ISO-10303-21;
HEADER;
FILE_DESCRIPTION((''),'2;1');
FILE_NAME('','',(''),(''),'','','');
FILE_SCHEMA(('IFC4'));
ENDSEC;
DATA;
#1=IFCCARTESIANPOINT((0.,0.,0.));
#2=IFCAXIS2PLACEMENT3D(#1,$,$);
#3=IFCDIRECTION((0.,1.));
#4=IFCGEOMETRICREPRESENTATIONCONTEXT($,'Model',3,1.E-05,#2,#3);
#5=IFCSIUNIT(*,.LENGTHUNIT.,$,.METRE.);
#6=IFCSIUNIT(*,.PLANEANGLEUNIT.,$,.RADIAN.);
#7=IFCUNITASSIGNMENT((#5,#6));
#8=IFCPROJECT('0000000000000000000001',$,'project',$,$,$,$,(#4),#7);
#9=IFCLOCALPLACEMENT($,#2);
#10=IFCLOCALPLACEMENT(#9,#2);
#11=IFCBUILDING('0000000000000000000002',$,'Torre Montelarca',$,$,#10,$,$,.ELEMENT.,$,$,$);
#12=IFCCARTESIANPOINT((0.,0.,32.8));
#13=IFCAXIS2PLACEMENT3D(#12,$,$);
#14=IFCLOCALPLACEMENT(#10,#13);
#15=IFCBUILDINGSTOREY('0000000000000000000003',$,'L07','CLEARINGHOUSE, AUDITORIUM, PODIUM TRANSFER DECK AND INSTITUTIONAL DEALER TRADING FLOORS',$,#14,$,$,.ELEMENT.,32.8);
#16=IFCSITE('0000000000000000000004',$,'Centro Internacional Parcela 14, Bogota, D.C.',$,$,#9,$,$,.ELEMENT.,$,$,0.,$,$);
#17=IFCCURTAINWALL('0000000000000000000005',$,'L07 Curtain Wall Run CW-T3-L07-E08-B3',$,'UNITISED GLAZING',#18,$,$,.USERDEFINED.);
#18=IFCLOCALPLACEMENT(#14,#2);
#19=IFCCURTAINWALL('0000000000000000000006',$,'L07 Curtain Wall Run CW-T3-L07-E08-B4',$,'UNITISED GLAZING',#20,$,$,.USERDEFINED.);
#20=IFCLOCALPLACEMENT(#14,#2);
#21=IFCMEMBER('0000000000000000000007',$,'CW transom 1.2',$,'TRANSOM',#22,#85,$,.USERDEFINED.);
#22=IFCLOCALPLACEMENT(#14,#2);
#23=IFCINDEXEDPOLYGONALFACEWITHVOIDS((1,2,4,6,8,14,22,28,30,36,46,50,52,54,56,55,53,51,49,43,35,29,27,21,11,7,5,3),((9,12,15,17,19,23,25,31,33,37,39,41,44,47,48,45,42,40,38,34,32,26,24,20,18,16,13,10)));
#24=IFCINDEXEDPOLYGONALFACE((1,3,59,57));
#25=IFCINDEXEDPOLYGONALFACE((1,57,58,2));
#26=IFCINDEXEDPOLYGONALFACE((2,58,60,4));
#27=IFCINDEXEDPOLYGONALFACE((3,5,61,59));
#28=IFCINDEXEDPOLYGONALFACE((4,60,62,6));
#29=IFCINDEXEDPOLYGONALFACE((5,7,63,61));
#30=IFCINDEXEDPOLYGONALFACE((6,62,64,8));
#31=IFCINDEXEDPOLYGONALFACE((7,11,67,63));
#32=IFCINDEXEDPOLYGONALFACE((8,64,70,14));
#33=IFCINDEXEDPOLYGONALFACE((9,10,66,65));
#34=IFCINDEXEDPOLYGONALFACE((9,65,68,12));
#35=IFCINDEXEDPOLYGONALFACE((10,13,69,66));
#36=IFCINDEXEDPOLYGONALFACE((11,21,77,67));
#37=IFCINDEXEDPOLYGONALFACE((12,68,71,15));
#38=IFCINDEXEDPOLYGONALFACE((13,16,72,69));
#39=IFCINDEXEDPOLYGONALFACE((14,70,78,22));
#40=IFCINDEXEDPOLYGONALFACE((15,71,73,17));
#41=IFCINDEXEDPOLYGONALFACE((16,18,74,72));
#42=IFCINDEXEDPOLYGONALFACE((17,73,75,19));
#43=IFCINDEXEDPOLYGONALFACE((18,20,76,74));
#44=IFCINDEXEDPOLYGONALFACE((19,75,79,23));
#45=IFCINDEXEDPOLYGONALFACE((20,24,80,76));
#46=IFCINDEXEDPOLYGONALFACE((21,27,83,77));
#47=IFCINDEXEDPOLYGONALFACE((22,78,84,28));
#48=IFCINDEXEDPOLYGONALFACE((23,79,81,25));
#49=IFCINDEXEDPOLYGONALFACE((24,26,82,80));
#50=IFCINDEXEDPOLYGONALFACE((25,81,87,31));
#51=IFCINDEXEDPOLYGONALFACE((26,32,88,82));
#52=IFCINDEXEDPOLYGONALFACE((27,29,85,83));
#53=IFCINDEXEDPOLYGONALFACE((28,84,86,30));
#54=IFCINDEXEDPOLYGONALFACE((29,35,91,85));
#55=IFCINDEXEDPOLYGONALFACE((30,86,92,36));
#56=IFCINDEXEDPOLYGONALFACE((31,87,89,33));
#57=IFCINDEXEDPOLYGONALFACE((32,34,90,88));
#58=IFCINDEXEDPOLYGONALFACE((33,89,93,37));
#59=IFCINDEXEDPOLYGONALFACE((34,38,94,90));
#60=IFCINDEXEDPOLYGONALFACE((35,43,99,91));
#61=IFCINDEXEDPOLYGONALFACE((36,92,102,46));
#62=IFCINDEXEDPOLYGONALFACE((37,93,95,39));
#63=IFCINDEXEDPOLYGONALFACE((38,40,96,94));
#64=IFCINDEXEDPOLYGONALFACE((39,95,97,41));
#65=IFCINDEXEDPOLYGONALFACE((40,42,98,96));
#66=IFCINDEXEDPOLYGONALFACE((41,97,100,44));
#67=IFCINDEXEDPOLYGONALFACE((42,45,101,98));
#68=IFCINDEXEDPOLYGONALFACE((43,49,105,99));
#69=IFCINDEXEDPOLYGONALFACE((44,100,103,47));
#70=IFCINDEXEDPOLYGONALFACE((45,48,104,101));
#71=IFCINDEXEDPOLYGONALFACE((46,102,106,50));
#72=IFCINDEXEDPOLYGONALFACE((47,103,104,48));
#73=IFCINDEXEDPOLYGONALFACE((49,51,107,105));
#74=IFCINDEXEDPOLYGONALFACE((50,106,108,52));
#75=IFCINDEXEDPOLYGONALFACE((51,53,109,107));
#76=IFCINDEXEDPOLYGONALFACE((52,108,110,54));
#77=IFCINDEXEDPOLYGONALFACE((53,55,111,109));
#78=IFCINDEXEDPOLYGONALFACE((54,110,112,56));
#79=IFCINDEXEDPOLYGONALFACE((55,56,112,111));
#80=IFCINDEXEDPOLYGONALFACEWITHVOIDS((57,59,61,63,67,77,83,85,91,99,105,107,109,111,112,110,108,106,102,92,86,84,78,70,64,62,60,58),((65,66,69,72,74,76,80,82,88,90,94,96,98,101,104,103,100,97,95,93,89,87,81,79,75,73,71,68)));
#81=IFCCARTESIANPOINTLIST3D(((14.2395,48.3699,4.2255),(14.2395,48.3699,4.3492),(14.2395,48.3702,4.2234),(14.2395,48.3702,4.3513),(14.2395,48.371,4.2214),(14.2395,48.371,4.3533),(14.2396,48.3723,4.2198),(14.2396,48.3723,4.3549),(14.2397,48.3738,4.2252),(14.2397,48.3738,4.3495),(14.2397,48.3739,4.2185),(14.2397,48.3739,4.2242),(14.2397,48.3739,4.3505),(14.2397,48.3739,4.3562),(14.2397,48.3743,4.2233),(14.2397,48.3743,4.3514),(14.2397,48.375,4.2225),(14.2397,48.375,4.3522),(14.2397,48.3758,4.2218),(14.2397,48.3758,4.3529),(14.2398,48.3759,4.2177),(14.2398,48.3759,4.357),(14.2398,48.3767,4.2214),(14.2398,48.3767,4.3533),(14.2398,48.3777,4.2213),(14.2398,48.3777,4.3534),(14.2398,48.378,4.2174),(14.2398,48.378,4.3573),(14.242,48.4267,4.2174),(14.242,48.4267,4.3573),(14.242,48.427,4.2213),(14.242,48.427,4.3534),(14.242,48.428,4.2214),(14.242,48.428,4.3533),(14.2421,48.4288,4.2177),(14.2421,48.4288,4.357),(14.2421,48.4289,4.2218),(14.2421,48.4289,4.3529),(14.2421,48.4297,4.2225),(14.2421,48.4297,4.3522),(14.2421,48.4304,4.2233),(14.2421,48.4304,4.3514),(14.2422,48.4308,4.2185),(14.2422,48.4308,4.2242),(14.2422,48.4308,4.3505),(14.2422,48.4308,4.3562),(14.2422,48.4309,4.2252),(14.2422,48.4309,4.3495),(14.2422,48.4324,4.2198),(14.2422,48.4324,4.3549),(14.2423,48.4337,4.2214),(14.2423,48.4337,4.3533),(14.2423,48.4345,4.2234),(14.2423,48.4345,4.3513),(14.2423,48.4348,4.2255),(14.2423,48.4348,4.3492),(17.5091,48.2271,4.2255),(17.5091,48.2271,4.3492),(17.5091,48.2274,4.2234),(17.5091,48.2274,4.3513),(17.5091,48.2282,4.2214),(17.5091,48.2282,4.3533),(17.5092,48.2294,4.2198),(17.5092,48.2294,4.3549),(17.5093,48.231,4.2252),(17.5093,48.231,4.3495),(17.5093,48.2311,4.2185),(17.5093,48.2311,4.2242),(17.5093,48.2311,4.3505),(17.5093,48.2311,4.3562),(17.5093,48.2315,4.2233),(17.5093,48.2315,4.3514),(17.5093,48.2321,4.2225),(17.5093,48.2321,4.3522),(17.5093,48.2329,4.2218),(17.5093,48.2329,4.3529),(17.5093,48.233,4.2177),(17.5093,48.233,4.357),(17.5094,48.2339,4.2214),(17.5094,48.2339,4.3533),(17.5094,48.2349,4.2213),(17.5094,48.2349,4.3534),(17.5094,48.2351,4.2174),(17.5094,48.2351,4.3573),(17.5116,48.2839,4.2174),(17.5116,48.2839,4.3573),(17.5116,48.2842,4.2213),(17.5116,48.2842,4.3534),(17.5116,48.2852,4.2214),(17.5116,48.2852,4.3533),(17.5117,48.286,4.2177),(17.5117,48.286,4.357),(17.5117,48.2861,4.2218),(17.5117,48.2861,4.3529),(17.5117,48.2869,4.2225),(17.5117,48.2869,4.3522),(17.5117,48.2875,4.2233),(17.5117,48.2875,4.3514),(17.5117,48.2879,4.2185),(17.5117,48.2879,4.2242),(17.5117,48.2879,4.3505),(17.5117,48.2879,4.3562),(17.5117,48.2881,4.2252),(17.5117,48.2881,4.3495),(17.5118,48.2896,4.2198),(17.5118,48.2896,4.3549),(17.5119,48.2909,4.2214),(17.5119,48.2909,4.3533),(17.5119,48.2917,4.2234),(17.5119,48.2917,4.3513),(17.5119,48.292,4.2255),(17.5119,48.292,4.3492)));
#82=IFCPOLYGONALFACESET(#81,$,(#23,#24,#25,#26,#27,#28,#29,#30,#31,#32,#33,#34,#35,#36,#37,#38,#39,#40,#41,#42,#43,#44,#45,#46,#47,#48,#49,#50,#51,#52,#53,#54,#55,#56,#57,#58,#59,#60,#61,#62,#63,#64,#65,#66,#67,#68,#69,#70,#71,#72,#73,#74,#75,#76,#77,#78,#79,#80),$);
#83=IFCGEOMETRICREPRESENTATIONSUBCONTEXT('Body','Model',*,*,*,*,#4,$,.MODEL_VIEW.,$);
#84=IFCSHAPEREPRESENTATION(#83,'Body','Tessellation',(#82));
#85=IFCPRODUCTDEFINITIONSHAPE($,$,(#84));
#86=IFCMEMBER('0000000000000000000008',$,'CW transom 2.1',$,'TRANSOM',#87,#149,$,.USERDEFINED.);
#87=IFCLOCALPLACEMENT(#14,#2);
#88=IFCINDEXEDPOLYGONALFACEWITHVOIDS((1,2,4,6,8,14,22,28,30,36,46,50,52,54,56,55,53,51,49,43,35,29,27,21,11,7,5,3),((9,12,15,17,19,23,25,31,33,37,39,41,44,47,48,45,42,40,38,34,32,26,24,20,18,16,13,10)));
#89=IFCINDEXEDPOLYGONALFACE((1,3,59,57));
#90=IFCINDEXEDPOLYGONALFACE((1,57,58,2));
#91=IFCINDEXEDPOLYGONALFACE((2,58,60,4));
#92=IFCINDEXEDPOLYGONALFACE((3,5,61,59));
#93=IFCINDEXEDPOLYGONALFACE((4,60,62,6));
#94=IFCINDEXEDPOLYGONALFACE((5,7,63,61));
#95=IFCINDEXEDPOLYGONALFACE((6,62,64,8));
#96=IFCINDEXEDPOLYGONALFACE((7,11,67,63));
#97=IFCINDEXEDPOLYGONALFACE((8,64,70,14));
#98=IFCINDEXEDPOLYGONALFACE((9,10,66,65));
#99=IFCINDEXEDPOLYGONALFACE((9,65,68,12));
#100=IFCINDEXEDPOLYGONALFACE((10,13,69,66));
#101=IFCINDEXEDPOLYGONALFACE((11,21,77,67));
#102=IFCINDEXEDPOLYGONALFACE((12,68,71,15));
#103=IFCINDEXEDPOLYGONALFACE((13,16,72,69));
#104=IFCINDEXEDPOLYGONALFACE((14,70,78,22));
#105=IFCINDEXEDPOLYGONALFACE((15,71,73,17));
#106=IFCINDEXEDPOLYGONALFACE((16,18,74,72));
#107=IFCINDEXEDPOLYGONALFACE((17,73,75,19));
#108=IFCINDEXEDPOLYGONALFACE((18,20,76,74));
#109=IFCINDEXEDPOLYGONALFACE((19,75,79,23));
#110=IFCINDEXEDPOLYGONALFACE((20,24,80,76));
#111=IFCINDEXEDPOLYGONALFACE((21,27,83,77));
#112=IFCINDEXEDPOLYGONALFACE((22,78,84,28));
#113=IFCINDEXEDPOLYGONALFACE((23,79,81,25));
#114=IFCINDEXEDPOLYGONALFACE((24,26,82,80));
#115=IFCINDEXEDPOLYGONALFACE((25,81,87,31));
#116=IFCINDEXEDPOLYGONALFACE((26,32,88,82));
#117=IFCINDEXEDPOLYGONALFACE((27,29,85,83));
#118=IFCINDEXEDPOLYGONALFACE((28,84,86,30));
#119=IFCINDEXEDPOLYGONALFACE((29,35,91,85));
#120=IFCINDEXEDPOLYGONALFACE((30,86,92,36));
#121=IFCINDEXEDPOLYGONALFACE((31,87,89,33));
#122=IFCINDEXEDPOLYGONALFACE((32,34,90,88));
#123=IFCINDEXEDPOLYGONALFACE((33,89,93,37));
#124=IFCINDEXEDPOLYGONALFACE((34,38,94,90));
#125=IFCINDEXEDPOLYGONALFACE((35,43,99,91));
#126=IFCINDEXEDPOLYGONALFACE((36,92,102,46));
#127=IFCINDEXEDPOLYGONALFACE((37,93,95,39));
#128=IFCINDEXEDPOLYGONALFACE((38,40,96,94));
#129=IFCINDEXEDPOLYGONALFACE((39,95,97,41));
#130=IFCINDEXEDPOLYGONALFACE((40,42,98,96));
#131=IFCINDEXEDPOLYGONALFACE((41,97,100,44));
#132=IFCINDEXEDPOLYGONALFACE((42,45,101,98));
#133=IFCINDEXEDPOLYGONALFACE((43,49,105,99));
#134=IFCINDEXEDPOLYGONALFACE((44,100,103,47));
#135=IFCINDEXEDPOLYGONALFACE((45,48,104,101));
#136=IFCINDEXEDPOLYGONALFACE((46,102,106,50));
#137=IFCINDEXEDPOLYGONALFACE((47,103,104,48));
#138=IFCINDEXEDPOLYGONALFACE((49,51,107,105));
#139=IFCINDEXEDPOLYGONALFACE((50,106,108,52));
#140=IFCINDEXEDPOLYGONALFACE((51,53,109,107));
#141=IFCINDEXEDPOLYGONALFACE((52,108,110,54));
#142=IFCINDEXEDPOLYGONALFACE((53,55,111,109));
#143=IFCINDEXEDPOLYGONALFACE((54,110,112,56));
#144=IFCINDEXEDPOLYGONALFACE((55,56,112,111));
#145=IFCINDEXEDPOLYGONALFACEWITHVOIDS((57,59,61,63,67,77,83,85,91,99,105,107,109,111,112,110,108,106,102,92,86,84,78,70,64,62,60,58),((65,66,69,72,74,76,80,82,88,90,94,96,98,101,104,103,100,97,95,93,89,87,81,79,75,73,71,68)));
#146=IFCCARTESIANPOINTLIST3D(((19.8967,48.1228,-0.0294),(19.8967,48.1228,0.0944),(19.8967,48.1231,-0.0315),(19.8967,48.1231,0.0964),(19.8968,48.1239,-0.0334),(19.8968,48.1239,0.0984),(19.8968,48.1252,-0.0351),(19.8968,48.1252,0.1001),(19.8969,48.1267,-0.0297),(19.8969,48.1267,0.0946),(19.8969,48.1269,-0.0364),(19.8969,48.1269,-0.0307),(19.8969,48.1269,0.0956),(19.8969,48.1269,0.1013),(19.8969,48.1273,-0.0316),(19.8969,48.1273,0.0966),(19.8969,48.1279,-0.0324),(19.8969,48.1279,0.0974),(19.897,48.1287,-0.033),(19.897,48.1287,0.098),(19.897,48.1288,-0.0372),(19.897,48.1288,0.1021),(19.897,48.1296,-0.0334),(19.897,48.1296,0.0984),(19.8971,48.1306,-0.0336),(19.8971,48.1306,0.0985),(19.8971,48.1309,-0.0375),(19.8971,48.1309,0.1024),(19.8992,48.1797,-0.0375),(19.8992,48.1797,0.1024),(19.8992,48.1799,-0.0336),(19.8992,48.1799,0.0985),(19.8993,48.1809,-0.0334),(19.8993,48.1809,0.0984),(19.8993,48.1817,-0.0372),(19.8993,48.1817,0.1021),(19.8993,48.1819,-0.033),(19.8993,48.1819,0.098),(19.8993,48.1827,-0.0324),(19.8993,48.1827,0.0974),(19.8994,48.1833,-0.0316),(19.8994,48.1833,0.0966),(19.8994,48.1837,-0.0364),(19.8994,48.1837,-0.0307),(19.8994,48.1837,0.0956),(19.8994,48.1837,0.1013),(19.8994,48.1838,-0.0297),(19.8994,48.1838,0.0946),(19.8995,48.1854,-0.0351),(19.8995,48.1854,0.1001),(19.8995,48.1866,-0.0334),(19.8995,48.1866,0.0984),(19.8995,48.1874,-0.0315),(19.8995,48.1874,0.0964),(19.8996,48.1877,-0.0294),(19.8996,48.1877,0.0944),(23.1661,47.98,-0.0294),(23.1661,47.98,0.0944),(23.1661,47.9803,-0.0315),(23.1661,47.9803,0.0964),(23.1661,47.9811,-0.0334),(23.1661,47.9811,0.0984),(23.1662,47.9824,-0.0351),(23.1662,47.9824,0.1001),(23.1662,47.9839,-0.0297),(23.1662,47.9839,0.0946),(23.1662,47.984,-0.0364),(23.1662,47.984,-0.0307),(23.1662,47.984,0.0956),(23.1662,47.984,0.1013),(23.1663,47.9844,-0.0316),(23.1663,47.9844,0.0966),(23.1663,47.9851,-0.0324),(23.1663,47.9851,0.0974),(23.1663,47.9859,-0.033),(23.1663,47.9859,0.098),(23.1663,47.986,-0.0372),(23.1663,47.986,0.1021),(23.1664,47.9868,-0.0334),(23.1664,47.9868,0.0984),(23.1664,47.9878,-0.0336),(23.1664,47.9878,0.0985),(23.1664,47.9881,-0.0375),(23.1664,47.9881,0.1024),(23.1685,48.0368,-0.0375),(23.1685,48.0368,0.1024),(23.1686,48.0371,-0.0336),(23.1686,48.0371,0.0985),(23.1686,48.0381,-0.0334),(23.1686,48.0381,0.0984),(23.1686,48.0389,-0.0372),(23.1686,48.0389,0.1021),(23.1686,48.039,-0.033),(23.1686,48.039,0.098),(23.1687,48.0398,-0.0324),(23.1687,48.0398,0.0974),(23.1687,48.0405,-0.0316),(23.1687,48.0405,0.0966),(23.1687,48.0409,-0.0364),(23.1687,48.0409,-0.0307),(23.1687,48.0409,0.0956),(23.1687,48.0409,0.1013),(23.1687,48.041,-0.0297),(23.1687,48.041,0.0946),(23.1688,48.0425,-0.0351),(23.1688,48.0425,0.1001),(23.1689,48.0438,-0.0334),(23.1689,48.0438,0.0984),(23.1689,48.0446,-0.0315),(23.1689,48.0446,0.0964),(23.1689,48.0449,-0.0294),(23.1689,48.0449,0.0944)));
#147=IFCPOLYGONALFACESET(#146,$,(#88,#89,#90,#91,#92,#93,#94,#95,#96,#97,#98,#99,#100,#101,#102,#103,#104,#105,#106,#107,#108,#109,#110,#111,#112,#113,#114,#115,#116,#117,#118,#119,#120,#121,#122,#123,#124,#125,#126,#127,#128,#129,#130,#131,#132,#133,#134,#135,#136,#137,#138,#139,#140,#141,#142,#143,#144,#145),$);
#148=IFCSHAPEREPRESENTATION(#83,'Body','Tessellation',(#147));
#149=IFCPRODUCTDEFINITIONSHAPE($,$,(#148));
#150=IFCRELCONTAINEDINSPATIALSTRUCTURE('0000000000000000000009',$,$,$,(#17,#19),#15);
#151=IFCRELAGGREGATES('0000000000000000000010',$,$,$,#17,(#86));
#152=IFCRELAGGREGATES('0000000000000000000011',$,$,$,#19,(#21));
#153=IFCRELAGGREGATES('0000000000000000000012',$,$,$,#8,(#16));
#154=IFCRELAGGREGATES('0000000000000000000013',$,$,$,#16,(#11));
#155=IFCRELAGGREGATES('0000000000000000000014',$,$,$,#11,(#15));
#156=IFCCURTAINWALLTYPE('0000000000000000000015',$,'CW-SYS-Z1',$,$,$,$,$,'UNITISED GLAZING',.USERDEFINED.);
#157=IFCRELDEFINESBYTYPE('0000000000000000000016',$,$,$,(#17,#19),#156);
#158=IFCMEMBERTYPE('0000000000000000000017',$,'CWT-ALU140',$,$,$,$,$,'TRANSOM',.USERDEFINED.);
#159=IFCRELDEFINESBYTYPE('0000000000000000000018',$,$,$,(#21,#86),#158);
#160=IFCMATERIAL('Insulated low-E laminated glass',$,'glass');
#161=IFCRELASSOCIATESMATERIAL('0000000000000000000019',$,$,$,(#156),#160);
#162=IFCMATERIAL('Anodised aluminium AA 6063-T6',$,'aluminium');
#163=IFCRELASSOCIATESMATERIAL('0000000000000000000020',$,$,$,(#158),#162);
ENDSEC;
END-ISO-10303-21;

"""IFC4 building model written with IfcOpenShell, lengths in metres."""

from ifc_helpers import new_model, si_unit, direction, frame, origin, origin_2d, place, context, subcontext, project, spatial, hollow_rectangle, extrude, source, transform, mapped, material, material_profile, profile_set, type_object, element, aggregate, save


model = new_model("IFC4")

# Units and contexts
model_context = context("Model", 3, precision=1e-05, world=origin(), true_north=direction((0.0, 1.0)))
body_context = subcontext(model_context, "Body", "Model", "MODEL_VIEW")
ifc_project = project(units=[si_unit("LENGTHUNIT", "METRE"), si_unit("PLANEANGLEUNIT", "RADIAN")], contexts=[model_context])

# Site, building, storey
site_placement = place(None, origin())
site = spatial("IfcSite", under=ifc_project, at=site_placement, Name="Centro Internacional Parcela 14, Bogota, D.C.", CompositionType="ELEMENT", RefElevation=0.0)
building_placement = place(site_placement, origin())
building = spatial("IfcBuilding", under=site, at=building_placement, Name="Torre Montelarca", CompositionType="ELEMENT")
storey_placement = place(building_placement, frame((0.0, 0.0, 32.8)))
storey = spatial("IfcBuildingStorey", under=building, at=storey_placement, Name="L07", Description="CLEARINGHOUSE, AUDITORIUM, PODIUM TRANSFER DECK AND INSTITUTIONAL DEALER TRADING FLOORS", CompositionType="ELEMENT", Elevation=32.8)

# Curtain walls
ifc_material_1 = material(Name="Insulated low-E laminated glass", Category="glass")
curtain_wall_type = type_object("IfcCurtainWallType", Name="CW-SYS-Z1", ElementType="UNITISED GLAZING", PredefinedType="USERDEFINED", material=ifc_material_1)
curtain_wall_1_placement = place(storey_placement, origin())
curtain_wall_1 = element("IfcCurtainWall", 1, at=curtain_wall_1_placement, inside=storey, type_object=curtain_wall_type, Name="L07 Curtain Wall Run CW-T3-L07-E08-B3", ObjectType="UNITISED GLAZING", PredefinedType="USERDEFINED")
ifc_material_2 = material(Name="Anodised aluminium AA 6063-T6", Category="aluminium")
curtain_wall_2_placement = place(storey_placement, origin())
curtain_wall_2 = element("IfcCurtainWall", 2, at=curtain_wall_2_placement, inside=storey, type_object=curtain_wall_type, Name="L07 Curtain Wall Run CW-T3-L07-E08-B4", ObjectType="UNITISED GLAZING", PredefinedType="USERDEFINED")

# Members
ifc_material_profile_1 = material_profile(ifc_material_2, hollow_rectangle(XDim=0.0649, YDim=0.1399, WallThickness=0.0039, InnerFilletRadius=0.0039, OuterFilletRadius=0.0081, at=origin_2d()), Name="ALU65X140X4", Category="aluminium")
ifc_profile_set_1 = profile_set([ifc_material_profile_1], Name="Anodised aluminium AA 6063-T6")
member_type_1 = type_object("IfcMemberType", Name="CWT-ALU140", ElementType="TRANSOM", PredefinedType="USERDEFINED", material=ifc_profile_set_1)
shared_shape_1 = source(origin(), body_context, "Body", "SweptSolid", [
    extrude(hollow_rectangle(XDim=0.0649, YDim=0.1399, WallThickness=0.0039, InnerFilletRadius=0.0039, OuterFilletRadius=0.0081, at=origin_2d()), origin(), (0.0, 0.0, 1.0), 3.2727),
])
member_1_placement = place(storey_placement, frame((17.5105, 48.2595, 4.2874), z_axis=(-0.999047, 0.043641, 0.0), x_axis=(-0.043641, -0.999047, 0.0)))
member_1 = element("IfcMember", 3, at=member_1_placement, type_object=member_type_1, Name="CW transom 1.2", ObjectType="TRANSOM", PredefinedType="USERDEFINED", context=body_context, shape_type="MappedRepresentation", body=[
    mapped(shared_shape_1, transform((0.0, 0.0, 0.0), scale=1.0)),
])
shared_shape_2 = source(origin(), body_context, "Body", "SweptSolid", [
    extrude(hollow_rectangle(XDim=0.0649, YDim=0.1399, WallThickness=0.0039, InnerFilletRadius=0.0039, OuterFilletRadius=0.0081, at=origin_2d()), origin(), (0.0, 0.0, 1.0), 3.2725),
])
member_2_placement = place(storey_placement, frame((23.1675, 48.0125, 0.0325), z_axis=(-0.999047, 0.043644, 0.0), x_axis=(-0.043644, -0.999047, 0.0)))
member_2 = element("IfcMember", 4, at=member_2_placement, type_object=member_type_1, Name="CW transom 2.1", ObjectType="TRANSOM", PredefinedType="USERDEFINED", context=body_context, shape_type="MappedRepresentation", body=[
    mapped(shared_shape_2, transform((0.0, 0.0, 0.0), scale=1.0)),
])

aggregate(curtain_wall_1, [member_2])
aggregate(curtain_wall_2, [member_1])

save(model, "model.ifc")
